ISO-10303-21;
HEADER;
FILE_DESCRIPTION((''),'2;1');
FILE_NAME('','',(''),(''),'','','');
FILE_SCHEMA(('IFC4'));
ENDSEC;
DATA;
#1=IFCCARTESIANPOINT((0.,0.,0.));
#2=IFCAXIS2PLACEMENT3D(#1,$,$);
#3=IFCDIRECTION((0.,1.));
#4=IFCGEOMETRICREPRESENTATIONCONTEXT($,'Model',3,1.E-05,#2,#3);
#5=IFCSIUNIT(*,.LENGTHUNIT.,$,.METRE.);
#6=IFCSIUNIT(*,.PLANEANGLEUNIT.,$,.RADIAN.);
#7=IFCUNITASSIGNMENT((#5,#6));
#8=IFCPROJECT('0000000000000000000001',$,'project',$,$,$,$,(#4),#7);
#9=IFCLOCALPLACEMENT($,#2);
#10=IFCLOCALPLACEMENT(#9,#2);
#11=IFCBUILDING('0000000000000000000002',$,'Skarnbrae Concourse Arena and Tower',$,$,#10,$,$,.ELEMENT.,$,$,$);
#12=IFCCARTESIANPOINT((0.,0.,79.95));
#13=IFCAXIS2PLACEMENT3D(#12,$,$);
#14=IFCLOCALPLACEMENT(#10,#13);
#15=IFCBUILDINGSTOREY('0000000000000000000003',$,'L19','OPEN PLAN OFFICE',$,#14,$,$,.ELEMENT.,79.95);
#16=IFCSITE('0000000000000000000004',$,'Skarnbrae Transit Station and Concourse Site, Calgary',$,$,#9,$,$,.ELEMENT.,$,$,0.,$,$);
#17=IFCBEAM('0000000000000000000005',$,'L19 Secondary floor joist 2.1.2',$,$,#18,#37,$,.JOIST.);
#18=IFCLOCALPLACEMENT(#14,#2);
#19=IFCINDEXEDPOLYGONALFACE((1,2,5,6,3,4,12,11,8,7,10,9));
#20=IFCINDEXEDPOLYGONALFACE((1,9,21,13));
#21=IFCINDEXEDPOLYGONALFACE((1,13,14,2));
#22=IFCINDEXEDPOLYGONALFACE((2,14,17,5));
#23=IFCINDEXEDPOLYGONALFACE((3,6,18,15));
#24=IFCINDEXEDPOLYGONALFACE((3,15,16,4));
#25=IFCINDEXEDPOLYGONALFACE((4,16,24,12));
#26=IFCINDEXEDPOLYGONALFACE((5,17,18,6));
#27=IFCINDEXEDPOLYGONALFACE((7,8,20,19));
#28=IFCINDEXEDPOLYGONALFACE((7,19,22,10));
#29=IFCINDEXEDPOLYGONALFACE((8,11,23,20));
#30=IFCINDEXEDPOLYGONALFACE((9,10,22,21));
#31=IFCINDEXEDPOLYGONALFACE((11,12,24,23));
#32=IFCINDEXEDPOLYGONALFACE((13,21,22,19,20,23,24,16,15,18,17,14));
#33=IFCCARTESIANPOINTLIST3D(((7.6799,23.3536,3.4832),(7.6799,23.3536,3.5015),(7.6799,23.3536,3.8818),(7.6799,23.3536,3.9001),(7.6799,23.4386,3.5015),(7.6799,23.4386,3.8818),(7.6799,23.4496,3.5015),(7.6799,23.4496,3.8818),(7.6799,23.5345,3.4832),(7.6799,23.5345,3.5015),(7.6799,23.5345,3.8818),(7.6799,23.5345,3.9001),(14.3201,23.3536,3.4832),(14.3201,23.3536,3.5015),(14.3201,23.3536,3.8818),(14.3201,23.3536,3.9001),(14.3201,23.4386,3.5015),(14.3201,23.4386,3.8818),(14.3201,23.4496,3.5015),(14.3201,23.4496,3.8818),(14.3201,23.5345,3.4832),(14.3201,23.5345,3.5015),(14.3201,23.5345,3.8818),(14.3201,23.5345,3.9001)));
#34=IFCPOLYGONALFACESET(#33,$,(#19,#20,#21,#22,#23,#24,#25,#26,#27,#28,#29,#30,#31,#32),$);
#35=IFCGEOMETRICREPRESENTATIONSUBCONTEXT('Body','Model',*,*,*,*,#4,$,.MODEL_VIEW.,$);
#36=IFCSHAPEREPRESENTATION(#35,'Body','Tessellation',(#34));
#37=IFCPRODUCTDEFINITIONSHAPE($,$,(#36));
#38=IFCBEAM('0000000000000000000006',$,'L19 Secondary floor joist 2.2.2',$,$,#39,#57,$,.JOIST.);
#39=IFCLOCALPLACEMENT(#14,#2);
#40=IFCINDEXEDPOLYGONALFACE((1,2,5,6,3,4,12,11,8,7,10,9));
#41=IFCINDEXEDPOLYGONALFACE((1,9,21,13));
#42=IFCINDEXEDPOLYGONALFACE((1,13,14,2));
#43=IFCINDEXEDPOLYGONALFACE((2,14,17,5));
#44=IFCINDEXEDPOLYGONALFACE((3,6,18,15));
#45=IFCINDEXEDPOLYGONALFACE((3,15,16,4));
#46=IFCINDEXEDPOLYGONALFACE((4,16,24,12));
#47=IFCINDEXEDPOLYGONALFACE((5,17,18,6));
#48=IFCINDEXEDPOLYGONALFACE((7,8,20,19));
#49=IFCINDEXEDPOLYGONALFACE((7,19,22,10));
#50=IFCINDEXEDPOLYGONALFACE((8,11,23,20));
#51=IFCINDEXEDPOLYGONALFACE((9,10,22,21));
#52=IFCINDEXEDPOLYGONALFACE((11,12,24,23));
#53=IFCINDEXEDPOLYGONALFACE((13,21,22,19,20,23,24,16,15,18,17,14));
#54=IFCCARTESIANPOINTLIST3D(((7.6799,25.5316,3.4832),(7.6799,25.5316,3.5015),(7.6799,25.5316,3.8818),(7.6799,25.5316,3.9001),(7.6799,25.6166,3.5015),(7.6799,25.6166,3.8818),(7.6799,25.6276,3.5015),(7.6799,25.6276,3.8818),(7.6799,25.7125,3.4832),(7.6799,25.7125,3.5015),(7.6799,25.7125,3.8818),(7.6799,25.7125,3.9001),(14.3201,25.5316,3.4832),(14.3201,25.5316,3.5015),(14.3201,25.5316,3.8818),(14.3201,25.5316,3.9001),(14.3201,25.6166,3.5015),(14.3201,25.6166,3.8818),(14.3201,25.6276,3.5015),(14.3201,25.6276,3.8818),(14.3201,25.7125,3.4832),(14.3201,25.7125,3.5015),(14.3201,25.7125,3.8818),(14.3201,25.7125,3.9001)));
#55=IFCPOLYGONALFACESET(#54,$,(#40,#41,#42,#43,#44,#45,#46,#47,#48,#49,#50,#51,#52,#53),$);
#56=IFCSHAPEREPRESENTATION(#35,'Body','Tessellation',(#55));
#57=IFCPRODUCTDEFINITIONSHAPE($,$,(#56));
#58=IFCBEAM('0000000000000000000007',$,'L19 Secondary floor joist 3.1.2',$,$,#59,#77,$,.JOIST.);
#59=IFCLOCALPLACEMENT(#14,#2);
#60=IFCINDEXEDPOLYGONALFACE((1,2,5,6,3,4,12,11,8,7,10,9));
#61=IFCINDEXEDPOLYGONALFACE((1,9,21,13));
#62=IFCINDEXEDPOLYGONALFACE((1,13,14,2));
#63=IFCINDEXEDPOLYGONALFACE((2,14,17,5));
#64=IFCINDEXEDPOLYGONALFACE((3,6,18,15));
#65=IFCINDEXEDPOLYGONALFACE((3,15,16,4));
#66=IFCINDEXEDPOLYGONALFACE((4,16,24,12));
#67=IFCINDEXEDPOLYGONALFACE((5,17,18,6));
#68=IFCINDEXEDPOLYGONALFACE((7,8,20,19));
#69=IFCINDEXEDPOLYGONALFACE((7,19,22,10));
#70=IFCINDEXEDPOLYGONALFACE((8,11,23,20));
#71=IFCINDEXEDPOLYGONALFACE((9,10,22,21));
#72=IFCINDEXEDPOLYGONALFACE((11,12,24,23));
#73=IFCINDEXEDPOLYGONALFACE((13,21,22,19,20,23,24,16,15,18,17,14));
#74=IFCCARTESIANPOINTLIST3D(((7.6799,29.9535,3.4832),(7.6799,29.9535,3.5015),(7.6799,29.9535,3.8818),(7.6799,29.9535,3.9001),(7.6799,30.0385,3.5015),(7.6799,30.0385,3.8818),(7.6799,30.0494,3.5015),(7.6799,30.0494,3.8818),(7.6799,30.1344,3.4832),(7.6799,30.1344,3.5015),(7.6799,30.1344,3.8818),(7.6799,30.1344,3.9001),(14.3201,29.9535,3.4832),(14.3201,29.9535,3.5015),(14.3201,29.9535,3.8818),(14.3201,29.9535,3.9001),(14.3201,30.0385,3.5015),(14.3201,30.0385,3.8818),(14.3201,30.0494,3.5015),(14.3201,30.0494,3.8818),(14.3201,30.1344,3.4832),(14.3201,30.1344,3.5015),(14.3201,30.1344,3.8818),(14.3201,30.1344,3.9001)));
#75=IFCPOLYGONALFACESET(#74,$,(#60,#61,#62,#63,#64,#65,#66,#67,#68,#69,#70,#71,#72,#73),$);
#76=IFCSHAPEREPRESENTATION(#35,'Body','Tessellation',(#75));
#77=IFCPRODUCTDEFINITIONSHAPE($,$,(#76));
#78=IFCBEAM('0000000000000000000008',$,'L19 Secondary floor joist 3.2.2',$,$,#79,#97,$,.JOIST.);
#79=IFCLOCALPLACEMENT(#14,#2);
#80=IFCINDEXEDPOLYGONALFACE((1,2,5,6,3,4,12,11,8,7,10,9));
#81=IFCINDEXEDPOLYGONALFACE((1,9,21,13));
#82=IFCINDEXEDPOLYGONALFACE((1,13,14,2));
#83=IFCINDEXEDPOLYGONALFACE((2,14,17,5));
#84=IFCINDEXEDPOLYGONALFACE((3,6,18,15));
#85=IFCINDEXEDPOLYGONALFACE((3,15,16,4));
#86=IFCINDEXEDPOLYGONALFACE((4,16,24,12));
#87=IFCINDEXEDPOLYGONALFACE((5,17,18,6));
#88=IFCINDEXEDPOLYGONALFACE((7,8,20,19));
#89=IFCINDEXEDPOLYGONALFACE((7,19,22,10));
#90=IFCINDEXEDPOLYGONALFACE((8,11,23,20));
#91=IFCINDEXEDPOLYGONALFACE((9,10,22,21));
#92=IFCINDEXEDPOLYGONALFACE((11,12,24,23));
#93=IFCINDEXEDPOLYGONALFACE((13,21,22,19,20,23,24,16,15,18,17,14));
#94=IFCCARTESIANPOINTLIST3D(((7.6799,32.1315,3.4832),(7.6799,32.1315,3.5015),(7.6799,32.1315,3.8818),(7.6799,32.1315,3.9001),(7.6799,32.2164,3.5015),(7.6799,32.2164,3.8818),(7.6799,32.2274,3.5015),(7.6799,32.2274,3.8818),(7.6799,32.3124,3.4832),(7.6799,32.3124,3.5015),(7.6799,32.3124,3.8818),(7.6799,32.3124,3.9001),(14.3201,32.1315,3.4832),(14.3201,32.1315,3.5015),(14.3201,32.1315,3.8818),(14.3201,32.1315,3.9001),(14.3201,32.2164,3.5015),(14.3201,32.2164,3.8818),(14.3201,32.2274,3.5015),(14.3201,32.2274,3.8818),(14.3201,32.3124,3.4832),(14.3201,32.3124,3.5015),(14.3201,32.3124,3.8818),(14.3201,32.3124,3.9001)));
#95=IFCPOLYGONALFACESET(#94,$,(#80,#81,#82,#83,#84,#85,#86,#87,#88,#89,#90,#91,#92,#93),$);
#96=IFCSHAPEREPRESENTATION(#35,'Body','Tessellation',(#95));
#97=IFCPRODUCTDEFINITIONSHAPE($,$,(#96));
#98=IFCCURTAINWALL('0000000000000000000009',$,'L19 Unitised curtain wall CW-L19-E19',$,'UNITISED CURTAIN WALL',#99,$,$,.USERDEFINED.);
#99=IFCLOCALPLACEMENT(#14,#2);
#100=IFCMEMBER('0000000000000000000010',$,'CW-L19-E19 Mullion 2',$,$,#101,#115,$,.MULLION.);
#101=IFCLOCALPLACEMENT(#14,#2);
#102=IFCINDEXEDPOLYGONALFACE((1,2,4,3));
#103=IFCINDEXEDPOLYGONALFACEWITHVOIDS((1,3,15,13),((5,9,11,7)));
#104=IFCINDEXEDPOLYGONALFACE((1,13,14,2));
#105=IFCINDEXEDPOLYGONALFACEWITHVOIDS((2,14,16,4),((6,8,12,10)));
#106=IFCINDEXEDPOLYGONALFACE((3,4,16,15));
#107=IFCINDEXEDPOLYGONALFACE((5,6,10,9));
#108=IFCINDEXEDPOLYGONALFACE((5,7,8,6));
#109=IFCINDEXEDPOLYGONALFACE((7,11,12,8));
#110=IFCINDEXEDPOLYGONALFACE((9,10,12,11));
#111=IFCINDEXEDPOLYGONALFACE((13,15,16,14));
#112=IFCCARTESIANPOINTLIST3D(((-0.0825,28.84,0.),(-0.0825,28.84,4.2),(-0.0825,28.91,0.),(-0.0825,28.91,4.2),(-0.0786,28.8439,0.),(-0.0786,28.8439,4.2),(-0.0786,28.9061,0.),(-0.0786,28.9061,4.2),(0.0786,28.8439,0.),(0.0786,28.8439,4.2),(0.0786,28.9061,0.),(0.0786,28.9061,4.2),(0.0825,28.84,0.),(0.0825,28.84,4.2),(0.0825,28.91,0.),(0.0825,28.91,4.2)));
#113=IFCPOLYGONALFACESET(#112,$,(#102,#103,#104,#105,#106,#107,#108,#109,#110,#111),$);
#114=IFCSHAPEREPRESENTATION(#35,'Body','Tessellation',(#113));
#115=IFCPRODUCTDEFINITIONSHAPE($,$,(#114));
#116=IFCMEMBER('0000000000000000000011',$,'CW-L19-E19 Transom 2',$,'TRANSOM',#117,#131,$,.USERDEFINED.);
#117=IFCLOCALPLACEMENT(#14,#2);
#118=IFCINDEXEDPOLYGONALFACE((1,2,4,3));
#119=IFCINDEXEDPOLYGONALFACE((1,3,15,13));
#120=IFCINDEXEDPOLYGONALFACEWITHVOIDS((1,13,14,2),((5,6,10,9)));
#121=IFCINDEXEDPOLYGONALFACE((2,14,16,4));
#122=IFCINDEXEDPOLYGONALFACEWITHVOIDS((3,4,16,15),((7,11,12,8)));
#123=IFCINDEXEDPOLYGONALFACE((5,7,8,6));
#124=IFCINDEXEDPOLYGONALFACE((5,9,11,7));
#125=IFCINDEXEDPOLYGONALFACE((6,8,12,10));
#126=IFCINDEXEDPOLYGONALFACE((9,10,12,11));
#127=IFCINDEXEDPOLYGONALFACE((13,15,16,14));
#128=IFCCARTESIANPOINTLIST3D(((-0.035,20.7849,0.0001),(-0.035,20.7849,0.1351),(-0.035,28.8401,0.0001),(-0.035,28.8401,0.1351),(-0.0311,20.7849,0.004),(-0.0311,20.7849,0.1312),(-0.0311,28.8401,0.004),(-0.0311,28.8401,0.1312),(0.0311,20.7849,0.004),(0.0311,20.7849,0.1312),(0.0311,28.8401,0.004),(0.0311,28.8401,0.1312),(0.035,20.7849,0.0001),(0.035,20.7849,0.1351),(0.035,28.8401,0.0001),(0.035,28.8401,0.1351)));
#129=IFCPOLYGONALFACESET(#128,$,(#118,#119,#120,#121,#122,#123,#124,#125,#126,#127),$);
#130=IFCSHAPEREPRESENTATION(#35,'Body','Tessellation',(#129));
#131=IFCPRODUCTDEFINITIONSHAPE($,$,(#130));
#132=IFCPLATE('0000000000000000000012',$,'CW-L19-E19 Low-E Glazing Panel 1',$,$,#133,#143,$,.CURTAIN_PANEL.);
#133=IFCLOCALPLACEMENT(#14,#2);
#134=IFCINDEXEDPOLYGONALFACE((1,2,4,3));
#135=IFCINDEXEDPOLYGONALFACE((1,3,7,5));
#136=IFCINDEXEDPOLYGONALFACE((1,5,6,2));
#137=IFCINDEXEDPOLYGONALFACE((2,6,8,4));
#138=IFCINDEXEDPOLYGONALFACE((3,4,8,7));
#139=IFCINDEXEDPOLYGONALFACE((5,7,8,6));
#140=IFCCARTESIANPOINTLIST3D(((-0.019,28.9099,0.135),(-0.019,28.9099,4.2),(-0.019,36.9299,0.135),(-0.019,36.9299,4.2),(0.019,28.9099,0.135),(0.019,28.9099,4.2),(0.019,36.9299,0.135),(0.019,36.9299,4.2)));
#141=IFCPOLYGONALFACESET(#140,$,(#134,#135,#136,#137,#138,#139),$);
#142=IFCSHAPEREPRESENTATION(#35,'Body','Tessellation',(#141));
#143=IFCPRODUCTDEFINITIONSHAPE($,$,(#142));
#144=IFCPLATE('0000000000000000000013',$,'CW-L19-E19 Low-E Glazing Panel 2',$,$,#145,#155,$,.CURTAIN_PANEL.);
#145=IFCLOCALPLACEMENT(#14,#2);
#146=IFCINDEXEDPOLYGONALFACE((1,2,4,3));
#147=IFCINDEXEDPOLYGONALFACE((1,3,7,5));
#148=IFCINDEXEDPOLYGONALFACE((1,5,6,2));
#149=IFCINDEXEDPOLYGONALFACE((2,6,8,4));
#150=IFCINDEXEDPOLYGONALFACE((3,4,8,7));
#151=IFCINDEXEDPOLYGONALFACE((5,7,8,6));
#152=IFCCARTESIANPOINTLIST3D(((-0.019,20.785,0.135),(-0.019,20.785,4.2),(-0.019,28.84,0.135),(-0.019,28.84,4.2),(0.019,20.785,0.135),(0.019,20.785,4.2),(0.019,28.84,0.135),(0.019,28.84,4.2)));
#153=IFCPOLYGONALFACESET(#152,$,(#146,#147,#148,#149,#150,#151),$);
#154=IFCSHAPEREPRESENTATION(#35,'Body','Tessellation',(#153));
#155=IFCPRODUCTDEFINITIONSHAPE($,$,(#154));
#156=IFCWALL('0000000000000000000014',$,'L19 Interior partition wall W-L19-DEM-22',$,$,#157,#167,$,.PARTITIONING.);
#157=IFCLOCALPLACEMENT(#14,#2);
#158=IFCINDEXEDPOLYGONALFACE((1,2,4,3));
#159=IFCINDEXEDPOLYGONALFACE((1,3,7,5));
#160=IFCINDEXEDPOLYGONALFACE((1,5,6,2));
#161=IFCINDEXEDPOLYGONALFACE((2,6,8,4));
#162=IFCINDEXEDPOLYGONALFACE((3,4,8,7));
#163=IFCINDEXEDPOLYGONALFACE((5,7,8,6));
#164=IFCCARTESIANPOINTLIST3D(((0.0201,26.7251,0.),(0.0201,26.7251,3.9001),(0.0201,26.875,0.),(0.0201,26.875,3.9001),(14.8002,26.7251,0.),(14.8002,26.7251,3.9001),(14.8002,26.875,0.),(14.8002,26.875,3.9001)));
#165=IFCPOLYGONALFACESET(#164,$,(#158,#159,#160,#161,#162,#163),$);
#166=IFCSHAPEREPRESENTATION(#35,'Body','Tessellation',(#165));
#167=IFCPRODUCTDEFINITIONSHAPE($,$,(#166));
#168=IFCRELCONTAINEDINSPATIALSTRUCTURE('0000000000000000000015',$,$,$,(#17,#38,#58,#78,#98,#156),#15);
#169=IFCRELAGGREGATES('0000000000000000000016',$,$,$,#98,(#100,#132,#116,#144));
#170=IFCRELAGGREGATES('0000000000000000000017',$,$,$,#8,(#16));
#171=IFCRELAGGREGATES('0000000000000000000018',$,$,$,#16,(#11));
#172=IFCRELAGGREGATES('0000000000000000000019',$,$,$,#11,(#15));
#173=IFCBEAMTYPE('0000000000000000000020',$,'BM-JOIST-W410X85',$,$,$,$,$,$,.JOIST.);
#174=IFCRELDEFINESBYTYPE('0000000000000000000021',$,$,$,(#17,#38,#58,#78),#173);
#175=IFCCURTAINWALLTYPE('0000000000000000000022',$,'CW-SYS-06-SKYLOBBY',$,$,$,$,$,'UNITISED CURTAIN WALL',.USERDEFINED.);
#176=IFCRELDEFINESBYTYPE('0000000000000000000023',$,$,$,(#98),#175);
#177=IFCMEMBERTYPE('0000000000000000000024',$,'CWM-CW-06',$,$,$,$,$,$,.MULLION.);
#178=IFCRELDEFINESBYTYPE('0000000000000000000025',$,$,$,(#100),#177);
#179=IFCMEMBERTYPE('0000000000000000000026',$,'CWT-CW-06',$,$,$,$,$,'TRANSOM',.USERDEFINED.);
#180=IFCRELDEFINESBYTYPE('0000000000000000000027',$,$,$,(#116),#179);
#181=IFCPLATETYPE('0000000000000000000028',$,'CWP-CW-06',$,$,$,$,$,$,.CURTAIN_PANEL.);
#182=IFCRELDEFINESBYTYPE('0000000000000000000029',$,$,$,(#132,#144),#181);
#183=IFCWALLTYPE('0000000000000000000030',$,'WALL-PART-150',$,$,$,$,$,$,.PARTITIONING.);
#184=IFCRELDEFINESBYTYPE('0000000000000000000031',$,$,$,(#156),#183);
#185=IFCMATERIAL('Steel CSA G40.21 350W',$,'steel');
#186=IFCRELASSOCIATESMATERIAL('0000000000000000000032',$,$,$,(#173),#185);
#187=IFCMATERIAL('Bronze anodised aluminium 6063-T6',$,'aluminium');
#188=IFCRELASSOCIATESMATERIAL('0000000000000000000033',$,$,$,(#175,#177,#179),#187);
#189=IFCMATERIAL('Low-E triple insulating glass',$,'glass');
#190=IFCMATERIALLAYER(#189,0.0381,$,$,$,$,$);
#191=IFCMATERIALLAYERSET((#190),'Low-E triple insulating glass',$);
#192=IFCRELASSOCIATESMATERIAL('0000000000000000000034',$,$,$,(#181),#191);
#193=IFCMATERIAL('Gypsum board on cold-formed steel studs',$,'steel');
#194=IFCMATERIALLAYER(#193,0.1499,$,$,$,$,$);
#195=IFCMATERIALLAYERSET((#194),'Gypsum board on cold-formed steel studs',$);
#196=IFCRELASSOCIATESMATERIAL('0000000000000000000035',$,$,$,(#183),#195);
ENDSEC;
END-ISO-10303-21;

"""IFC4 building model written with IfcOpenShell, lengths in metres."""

from ifc_helpers import new_model, si_unit, direction, frame, frame_2d, origin, origin_2d, place, context, subcontext, project, spatial, rectangle, hollow_rectangle, i_section, extrude, source, transform, mapped, material, layer, layer_set, material_profile, profile_set, type_object, element, aggregate, save


model = new_model("IFC4")

# Units and contexts
model_context = context("Model", 3, precision=1e-05, world=origin(), true_north=direction((0.0, 1.0)))
body_context = subcontext(model_context, "Body", "Model", "MODEL_VIEW")
ifc_project = project(units=[si_unit("LENGTHUNIT", "METRE"), si_unit("PLANEANGLEUNIT", "RADIAN")], contexts=[model_context])

# Site, building, storey
site_placement = place(None, origin())
site = spatial("IfcSite", under=ifc_project, at=site_placement, Name="Skarnbrae Transit Station and Concourse Site, Calgary", CompositionType="ELEMENT", RefElevation=0.0)
building_placement = place(site_placement, origin())
building = spatial("IfcBuilding", under=site, at=building_placement, Name="Skarnbrae Concourse Arena and Tower", CompositionType="ELEMENT")
storey_placement = place(building_placement, frame((0.0, 0.0, 79.95)))
storey = spatial("IfcBuildingStorey", under=building, at=storey_placement, Name="L19", Description="OPEN PLAN OFFICE", CompositionType="ELEMENT", Elevation=79.95)

# Shared definitions
ifc_material_1 = material(Name="Steel CSA G40.21 350W", Category="steel")

# Beams
ifc_material_profile_1 = material_profile(ifc_material_1, i_section(OverallWidth=0.1809, OverallDepth=0.417, WebThickness=0.011, FlangeThickness=0.0183, at=origin_2d()), Name="W410X85")
ifc_profile_set_1 = profile_set([ifc_material_profile_1], Name="Steel CSA G40.21 350W")
beam_type_1 = type_object("IfcBeamType", Name="BM-JOIST-W410X85", PredefinedType="JOIST", material=ifc_profile_set_1)
shared_shape_1 = source(origin(), body_context, "Body", "SweptSolid", [
    extrude(i_section(OverallWidth=0.1809, OverallDepth=0.417, WebThickness=0.011, FlangeThickness=0.0183, at=origin_2d()), origin(), (0.0, 0.0, 1.0), 6.6401),
])
for number, where, z_axis, x_axis, name in (
    (1, (7.6799, 23.4441, 3.6917), (1.0, 0.0, 0.0), (0.0, 1.0, 0.0), "L19 Secondary floor joist 2.1.2"),
    (2, (7.6799, 25.6221, 3.6917), (1.0, 0.0, 0.0), (0.0, 1.0, 0.0), "L19 Secondary floor joist 2.2.2"),
    (3, (7.6799, 30.0439, 3.6917), (1.0, 0.0, 0.0), (0.0, 1.0, 0.0), "L19 Secondary floor joist 3.1.2"),
    (4, (7.6799, 32.2219, 3.6917), (1.0, 0.0, 0.0), (0.0, 1.0, 0.0), "L19 Secondary floor joist 3.2.2"),
):
    element("IfcBeam", number, at=place(storey_placement, frame(where, z_axis=z_axis, x_axis=x_axis)), inside=storey, type_object=beam_type_1, Name=name, PredefinedType="JOIST", context=body_context, shape_type="MappedRepresentation", body=[
        mapped(shared_shape_1, transform((0.0, 0.0, 0.0))),
    ])

# Curtain wall, members, plates
ifc_material_2 = material(Name="Bronze anodised aluminium 6063-T6", Category="aluminium")
curtain_wall_type = type_object("IfcCurtainWallType", Name="CW-SYS-06-SKYLOBBY", ElementType="UNITISED CURTAIN WALL", PredefinedType="USERDEFINED", material=ifc_material_2)
curtain_wall_placement = place(storey_placement, origin())
curtain_wall = element("IfcCurtainWall", 5, at=curtain_wall_placement, inside=storey, type_object=curtain_wall_type, Name="L19 Unitised curtain wall CW-L19-E19", ObjectType="UNITISED CURTAIN WALL", PredefinedType="USERDEFINED")
ifc_material_profile_2 = material_profile(ifc_material_2, hollow_rectangle(XDim=0.0701, YDim=0.165, WallThickness=0.0039, at=origin_2d()), Name="ALU-MULL-70X165")
ifc_profile_set_2 = profile_set([ifc_material_profile_2], Name="Bronze anodised aluminium 6063-T6")
member_type_1 = type_object("IfcMemberType", Name="CWM-CW-06", PredefinedType="MULLION", material=ifc_profile_set_2)
shared_shape_2 = source(origin(), body_context, "Body", "SweptSolid", [
    extrude(hollow_rectangle(XDim=0.0701, YDim=0.165, WallThickness=0.0039, at=origin_2d()), origin(), (0.0, 0.0, 1.0), 4.2),
])
member_1_placement = place(storey_placement, frame((0.0, 28.875, 0.0), z_axis=(0.0, 0.0, 1.0), x_axis=(0.0, -1.0, 0.0)))
member_1 = element("IfcMember", 6, at=member_1_placement, type_object=member_type_1, Name="CW-L19-E19 Mullion 2", PredefinedType="MULLION", context=body_context, shape_type="MappedRepresentation", body=[
    mapped(shared_shape_2, transform((0.0, 0.0, 0.0))),
])
ifc_material_profile_3 = material_profile(ifc_material_2, hollow_rectangle(XDim=0.0701, YDim=0.135, WallThickness=0.0039, at=origin_2d()), Name="ALU-TRAN-70X135")
ifc_profile_set_3 = profile_set([ifc_material_profile_3], Name="Bronze anodised aluminium 6063-T6")
member_type_2 = type_object("IfcMemberType", Name="CWT-CW-06", ElementType="TRANSOM", PredefinedType="USERDEFINED", material=ifc_profile_set_3)
shared_shape_3 = source(origin(), body_context, "Body", "SweptSolid", [
    extrude(hollow_rectangle(XDim=0.0701, YDim=0.135, WallThickness=0.0039, at=origin_2d()), origin(), (0.0, 0.0, 1.0), 8.0552),
])
member_2_placement = place(storey_placement, frame((0.0, 28.8401, 0.0676), z_axis=(0.0, -1.0, 0.0), x_axis=(1.0, 0.0, 0.0)))
member_2 = element("IfcMember", 7, at=member_2_placement, type_object=member_type_2, Name="CW-L19-E19 Transom 2", ObjectType="TRANSOM", PredefinedType="USERDEFINED", context=body_context, shape_type="MappedRepresentation", body=[
    mapped(shared_shape_3, transform((0.0, 0.0, 0.0))),
])
ifc_material_3 = material(Name="Low-E triple insulating glass", Category="glass")
ifc_layer_1 = layer(ifc_material_3, 0.0381)
ifc_layer_set_1 = layer_set([ifc_layer_1], Name="Low-E triple insulating glass")
plate_type = type_object("IfcPlateType", Name="CWP-CW-06", PredefinedType="CURTAIN_PANEL", material=ifc_layer_set_1)
shared_shape_4 = source(origin(), body_context, "Body", "SweptSolid", [
    extrude(rectangle(XDim=8.02, YDim=0.0381, at=origin_2d()), origin(), (0.0, 0.0, 1.0), 4.0649),
])
plate_1_placement = place(storey_placement, frame((0.0, 32.9199, 0.135), z_axis=(0.0, 0.0, 1.0), x_axis=(0.0, -1.0, 0.0)))
plate_1 = element("IfcPlate", 8, at=plate_1_placement, type_object=plate_type, Name="CW-L19-E19 Low-E Glazing Panel 1", PredefinedType="CURTAIN_PANEL", context=body_context, shape_type="MappedRepresentation", body=[
    mapped(shared_shape_4, transform((0.0, 0.0, 0.0))),
])
shared_shape_5 = source(origin(), body_context, "Body", "SweptSolid", [
    extrude(rectangle(XDim=8.0549, YDim=0.0381, at=origin_2d()), origin(), (0.0, 0.0, 1.0), 4.0649),
])
plate_2_placement = place(storey_placement, frame((0.0, 24.8125, 0.135), z_axis=(0.0, 0.0, 1.0), x_axis=(0.0, -1.0, 0.0)))
plate_2 = element("IfcPlate", 9, at=plate_2_placement, type_object=plate_type, Name="CW-L19-E19 Low-E Glazing Panel 2", PredefinedType="CURTAIN_PANEL", context=body_context, shape_type="MappedRepresentation", body=[
    mapped(shared_shape_5, transform((0.0, 0.0, 0.0))),
])
aggregate(curtain_wall, [member_1, plate_1, member_2, plate_2])

# Wall
ifc_material_4 = material(Name="Gypsum board on cold-formed steel studs", Category="steel")
ifc_layer_2 = layer(ifc_material_4, 0.1499)
ifc_layer_set_2 = layer_set([ifc_layer_2], Name="Gypsum board on cold-formed steel studs")
wall_type = type_object("IfcWallType", Name="WALL-PART-150", PredefinedType="PARTITIONING", material=ifc_layer_set_2)
shared_shape_6 = source(origin(), body_context, "Body", "SweptSolid", [
    extrude(rectangle(XDim=14.78, YDim=0.1499, at=frame_2d((7.3901, 0.0))), origin(), (0.0, 0.0, 1.0), 3.9001),
])
wall_placement = place(storey_placement, frame((0.02, 26.8, 0.0), z_axis=(0.0, 0.0, 1.0), x_axis=(1.0, 0.0, 0.0)))
element("IfcWall", 10, at=wall_placement, inside=storey, type_object=wall_type, Name="L19 Interior partition wall W-L19-DEM-22", PredefinedType="PARTITIONING", context=body_context, shape_type="MappedRepresentation", body=[
    mapped(shared_shape_6, transform((0.0, 0.0, 0.0))),
])

save(model, "model.ifc")
